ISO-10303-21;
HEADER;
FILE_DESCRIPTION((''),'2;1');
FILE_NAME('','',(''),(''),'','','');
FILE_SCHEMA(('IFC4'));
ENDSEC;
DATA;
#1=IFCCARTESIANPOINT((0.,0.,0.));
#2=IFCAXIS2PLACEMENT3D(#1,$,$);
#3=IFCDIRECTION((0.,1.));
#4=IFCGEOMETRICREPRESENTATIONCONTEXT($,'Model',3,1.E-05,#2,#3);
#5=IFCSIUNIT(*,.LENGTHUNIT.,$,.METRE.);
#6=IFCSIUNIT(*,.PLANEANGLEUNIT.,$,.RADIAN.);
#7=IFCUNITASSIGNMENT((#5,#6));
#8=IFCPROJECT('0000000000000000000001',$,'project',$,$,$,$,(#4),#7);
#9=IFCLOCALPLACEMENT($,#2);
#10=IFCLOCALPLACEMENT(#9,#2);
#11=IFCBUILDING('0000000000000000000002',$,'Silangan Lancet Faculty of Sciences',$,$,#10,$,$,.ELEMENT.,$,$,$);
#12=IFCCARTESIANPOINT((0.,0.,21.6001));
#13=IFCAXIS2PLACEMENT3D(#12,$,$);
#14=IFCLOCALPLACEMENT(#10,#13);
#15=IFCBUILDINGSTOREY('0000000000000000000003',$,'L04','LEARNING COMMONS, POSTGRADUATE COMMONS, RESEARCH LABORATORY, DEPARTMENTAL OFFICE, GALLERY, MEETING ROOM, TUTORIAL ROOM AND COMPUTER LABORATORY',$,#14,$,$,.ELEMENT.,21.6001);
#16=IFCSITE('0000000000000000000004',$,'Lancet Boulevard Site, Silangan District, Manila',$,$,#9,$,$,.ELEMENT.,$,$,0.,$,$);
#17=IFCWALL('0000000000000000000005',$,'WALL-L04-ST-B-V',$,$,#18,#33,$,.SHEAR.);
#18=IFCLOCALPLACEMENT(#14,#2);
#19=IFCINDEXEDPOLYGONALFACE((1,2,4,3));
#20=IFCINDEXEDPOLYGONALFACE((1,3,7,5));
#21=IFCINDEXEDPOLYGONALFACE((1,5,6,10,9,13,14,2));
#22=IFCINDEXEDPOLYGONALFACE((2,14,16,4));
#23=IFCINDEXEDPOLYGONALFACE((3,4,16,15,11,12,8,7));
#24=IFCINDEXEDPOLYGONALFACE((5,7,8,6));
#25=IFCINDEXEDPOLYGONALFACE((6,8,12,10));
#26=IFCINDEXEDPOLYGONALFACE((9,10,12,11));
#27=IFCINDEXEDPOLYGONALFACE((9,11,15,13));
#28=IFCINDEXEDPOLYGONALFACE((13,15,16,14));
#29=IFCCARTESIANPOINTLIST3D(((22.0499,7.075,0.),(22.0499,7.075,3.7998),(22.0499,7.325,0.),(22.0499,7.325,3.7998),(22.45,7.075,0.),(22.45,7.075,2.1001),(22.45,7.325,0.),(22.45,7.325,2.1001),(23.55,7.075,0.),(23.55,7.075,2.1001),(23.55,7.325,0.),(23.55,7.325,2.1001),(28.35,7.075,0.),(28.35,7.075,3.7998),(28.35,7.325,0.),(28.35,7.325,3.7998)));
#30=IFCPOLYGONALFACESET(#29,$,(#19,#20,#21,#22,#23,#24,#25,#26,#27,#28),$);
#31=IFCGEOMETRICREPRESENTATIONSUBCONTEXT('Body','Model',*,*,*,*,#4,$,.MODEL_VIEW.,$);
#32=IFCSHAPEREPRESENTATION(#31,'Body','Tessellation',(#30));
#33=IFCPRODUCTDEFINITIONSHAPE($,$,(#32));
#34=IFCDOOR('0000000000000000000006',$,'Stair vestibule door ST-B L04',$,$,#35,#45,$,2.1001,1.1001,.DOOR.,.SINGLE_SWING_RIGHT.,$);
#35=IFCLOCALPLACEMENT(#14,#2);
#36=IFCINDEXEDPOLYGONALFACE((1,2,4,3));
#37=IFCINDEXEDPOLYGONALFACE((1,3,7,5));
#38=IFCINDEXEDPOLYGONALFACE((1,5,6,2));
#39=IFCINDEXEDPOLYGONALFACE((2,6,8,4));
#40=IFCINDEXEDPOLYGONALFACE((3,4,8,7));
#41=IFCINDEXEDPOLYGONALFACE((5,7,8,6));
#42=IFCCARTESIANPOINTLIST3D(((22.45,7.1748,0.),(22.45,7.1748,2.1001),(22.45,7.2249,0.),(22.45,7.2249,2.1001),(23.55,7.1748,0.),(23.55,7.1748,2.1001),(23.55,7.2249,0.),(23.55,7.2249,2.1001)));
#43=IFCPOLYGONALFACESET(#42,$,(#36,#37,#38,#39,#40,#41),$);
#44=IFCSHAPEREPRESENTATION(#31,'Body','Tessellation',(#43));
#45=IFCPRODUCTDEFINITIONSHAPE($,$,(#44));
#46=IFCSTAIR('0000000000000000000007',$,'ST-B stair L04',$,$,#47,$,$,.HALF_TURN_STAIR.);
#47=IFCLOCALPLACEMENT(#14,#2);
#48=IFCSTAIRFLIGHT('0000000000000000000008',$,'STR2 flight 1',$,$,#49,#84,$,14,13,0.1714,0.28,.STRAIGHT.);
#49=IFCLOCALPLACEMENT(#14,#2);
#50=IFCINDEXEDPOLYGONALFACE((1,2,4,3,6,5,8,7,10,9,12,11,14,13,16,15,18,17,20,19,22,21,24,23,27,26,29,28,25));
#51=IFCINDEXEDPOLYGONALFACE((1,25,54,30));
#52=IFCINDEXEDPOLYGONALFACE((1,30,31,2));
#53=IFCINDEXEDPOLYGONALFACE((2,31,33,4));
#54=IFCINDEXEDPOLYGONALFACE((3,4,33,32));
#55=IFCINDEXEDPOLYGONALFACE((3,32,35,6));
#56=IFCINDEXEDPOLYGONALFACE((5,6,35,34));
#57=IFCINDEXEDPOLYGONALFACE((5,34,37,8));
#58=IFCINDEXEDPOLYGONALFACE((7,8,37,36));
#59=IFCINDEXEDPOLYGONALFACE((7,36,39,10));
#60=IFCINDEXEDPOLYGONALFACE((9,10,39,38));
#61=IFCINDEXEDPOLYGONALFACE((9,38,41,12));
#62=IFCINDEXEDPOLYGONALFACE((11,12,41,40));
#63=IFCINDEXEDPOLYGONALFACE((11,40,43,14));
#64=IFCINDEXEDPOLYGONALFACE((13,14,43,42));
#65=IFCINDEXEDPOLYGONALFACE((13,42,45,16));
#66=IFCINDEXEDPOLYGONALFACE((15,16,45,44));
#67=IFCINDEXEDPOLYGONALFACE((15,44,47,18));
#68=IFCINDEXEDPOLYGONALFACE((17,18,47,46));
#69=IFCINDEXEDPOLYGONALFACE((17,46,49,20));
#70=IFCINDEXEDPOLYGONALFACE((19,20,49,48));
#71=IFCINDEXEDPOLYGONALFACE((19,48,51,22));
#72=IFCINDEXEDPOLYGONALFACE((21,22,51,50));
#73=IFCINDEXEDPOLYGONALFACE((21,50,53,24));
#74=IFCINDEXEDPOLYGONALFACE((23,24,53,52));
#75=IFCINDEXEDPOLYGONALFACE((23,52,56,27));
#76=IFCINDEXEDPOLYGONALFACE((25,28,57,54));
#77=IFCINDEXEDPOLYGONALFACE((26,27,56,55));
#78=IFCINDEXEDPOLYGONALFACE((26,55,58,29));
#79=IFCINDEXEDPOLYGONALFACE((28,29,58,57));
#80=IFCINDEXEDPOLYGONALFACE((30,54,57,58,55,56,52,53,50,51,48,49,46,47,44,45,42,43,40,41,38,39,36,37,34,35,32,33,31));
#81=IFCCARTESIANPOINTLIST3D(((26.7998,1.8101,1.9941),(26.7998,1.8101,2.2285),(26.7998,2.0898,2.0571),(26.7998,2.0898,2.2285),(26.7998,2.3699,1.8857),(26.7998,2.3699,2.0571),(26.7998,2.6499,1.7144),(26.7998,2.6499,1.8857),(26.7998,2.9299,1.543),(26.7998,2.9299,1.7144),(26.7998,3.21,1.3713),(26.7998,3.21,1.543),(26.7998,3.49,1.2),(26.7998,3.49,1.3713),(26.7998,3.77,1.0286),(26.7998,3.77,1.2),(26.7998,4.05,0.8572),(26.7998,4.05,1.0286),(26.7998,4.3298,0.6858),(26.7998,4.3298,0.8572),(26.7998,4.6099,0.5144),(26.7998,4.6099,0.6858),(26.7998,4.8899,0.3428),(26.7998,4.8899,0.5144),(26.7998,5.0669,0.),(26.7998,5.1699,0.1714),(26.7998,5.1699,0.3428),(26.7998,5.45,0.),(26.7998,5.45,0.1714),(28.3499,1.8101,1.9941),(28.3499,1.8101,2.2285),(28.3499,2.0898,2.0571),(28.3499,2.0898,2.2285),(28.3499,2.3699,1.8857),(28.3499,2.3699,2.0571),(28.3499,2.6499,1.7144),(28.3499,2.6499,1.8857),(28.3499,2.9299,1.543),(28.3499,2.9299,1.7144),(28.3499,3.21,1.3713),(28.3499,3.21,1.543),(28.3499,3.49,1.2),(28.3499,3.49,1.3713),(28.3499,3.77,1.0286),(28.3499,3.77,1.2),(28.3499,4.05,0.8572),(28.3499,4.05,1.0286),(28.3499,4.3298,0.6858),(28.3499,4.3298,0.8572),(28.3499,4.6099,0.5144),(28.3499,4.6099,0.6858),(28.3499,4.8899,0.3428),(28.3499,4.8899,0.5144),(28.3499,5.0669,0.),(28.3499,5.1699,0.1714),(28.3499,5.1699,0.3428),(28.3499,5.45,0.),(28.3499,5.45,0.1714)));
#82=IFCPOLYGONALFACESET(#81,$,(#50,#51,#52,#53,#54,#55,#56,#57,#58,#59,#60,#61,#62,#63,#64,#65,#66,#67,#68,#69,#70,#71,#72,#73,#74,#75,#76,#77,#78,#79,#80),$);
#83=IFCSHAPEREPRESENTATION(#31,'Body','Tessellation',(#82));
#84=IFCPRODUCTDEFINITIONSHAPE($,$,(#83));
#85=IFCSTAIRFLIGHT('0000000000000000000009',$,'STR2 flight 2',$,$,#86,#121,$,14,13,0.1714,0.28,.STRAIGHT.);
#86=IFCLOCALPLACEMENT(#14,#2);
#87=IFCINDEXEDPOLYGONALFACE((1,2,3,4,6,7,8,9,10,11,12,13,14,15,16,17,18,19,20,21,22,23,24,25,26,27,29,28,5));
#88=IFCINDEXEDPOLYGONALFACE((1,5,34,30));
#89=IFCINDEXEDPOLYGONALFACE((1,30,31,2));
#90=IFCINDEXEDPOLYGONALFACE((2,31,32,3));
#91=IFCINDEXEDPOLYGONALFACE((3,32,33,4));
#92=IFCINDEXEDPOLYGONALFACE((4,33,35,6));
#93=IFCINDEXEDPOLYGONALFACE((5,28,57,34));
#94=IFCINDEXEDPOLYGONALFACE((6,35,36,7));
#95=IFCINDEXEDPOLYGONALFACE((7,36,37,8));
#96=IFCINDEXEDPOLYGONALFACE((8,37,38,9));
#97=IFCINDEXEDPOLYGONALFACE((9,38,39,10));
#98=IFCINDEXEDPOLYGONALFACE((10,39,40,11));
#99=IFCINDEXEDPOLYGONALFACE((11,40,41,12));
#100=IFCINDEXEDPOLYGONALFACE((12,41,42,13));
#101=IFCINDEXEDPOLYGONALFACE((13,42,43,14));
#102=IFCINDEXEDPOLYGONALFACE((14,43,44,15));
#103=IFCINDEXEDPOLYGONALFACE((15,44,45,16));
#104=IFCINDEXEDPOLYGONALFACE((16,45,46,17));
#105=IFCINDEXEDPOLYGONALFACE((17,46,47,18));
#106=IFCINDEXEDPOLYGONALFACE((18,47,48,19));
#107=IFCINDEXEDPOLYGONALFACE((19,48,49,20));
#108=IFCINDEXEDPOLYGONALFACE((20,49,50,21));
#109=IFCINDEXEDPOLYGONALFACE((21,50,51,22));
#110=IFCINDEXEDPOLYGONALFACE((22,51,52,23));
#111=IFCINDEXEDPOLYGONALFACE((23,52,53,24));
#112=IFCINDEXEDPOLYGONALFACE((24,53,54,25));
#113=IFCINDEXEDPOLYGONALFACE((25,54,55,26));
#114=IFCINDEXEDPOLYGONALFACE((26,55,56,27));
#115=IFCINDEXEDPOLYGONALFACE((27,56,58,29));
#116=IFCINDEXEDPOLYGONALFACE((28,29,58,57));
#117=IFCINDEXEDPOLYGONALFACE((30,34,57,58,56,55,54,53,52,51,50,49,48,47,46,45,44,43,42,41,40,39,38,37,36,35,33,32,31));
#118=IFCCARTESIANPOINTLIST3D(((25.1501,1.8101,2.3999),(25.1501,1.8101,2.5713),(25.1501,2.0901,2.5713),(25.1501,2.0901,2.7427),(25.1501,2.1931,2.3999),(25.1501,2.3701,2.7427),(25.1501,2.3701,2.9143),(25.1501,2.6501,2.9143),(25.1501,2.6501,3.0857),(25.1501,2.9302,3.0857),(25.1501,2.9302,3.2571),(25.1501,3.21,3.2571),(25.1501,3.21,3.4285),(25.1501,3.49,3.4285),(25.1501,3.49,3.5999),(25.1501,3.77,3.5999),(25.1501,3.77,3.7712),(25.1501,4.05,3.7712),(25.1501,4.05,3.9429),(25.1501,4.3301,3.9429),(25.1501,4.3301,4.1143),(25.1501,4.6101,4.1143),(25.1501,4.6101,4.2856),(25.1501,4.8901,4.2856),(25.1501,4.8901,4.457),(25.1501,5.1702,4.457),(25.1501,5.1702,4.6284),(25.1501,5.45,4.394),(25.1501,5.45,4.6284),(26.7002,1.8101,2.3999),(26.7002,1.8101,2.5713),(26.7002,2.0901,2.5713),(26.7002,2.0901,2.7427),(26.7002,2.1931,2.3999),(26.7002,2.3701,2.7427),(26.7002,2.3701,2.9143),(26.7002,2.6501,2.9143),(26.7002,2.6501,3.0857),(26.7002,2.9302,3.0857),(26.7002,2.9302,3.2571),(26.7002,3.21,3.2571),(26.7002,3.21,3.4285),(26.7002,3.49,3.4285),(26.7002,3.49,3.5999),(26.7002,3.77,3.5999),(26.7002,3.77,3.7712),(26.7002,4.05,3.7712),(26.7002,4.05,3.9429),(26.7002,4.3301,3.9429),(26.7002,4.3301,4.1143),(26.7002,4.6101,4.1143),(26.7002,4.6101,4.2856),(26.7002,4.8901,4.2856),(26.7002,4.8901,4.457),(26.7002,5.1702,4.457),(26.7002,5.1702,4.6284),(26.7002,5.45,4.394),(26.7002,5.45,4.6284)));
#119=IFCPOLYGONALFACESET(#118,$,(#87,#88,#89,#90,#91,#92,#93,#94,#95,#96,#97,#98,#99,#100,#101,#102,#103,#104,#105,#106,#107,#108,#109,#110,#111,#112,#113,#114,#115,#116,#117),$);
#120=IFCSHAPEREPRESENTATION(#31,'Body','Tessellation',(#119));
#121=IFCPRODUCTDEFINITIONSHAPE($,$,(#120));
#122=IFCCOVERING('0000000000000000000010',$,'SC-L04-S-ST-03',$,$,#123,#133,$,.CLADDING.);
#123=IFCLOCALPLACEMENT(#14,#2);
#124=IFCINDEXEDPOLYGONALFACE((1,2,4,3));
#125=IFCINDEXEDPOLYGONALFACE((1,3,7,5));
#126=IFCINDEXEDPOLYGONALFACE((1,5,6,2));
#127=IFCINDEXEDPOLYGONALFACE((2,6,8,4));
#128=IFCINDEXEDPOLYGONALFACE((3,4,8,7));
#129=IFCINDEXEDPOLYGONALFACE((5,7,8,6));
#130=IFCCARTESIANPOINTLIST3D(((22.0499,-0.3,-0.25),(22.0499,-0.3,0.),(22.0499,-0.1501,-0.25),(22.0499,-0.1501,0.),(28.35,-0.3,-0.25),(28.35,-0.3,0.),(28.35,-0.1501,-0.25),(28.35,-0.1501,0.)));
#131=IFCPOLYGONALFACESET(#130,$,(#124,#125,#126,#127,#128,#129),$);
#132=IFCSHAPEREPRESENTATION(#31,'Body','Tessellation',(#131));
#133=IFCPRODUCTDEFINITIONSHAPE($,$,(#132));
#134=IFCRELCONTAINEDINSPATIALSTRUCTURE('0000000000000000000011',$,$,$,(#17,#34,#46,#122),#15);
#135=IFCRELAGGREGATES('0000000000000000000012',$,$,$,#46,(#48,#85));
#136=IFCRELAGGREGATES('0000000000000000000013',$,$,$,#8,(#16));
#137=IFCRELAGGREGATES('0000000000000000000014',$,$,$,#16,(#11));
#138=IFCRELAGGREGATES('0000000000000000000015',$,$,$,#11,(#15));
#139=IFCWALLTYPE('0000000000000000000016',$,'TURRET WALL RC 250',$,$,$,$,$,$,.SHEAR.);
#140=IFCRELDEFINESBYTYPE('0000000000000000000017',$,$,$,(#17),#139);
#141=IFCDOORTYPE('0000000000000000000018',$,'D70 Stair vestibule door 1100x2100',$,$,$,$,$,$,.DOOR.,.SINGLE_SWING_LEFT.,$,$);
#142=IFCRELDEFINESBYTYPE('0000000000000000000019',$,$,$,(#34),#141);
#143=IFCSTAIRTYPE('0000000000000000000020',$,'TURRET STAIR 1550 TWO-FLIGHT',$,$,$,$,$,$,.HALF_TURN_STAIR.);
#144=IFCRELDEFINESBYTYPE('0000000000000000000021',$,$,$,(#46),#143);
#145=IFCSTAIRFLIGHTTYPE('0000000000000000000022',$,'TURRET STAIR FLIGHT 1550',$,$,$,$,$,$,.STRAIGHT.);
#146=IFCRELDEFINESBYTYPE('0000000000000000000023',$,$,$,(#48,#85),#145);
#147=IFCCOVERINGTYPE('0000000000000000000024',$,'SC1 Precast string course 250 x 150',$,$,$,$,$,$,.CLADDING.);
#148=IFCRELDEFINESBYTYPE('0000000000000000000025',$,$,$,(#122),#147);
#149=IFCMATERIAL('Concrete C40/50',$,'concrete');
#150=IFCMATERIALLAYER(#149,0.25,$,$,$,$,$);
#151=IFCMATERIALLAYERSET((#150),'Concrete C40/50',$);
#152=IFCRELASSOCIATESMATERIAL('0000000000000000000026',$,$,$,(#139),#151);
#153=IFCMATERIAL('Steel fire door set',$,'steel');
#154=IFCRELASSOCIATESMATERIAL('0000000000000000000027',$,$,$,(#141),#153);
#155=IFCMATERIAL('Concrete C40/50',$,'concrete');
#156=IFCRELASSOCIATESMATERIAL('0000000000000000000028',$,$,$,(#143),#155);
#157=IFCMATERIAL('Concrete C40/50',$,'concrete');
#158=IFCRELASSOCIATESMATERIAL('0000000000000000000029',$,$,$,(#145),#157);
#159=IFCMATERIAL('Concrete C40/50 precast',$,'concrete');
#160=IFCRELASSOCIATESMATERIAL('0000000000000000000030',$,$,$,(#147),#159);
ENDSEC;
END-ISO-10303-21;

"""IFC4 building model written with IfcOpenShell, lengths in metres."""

from ifc_helpers import new_model, si_unit, direction, frame, frame_2d, origin, origin_2d, place, context, subcontext, project, spatial, polyline, rectangle, outline, extrude, material, layer, layer_set, type_object, element, fill, aggregate, save


model = new_model("IFC4")

# Units and contexts
model_context = context("Model", 3, precision=1e-05, world=origin(), true_north=direction((0.0, 1.0)))
body_context = subcontext(model_context, "Body", "Model", "MODEL_VIEW")
ifc_project = project(units=[si_unit("LENGTHUNIT", "METRE"), si_unit("PLANEANGLEUNIT", "RADIAN")], contexts=[model_context])

# Site, building, storey
site_placement = place(None, origin())
site = spatial("IfcSite", under=ifc_project, at=site_placement, Name="Lancet Boulevard Site, Silangan District, Manila", CompositionType="ELEMENT", RefElevation=0.0)
building_placement = place(site_placement, origin())
building = spatial("IfcBuilding", under=site, at=building_placement, Name="Silangan Lancet Faculty of Sciences", CompositionType="ELEMENT")
storey_placement = place(building_placement, frame((0.0, 0.0, 21.6001)))
storey = spatial("IfcBuildingStorey", under=building, at=storey_placement, Name="L04", Description="LEARNING COMMONS, POSTGRADUATE COMMONS, RESEARCH LABORATORY, DEPARTMENTAL OFFICE, GALLERY, MEETING ROOM, TUTORIAL ROOM AND COMPUTER LABORATORY", CompositionType="ELEMENT", Elevation=21.6001)

# Wall, opening, door
ifc_material_1 = material(Name="Concrete C40/50", Category="concrete")
ifc_layer_1 = layer(ifc_material_1, 0.25)
ifc_layer_set_1 = layer_set([ifc_layer_1], Name="Concrete C40/50")
wall_type_1 = type_object("IfcWallType", Name="TURRET WALL RC 250", PredefinedType="SHEAR", material=ifc_layer_set_1)
wall_1_placement = place(storey_placement, frame((22.05, 7.2, 0.0), z_axis=(0.0, 0.0, 1.0), x_axis=(1.0, 0.0, 0.0)))
wall_1 = element("IfcWall", 1, at=wall_1_placement, inside=storey, type_object=wall_type_1, Name="WALL-L04-ST-B-V", PredefinedType="SHEAR", context=body_context, shape_type="SweptSolid", body=[
    extrude(rectangle(XDim=6.3, YDim=0.25, at=frame_2d((3.1499, 0.0))), origin(), (0.0, 0.0, 1.0), 3.7998),
])
opening_1_placement = place(wall_1_placement, frame((0.3999, 0.0, 0.0)))
opening_1 = element("IfcOpeningElement", 2, at=opening_1_placement, cuts=wall_1, PredefinedType="OPENING", context=body_context, shape_type="SweptSolid", body=[
    extrude(rectangle(XDim=1.1001, YDim=2.1001, at=frame_2d((0.55, 1.05))), frame((0.0, 0.135, 0.0), z_axis=(0.0, -1.0, 0.0), x_axis=(1.0, 0.0, 0.0)), (0.0, 0.0, 1.0), 0.27),
])
ifc_material_2 = material(Name="Steel fire door set", Category="steel")
door_type_1 = type_object("IfcDoorType", Name="D70 Stair vestibule door 1100x2100", OperationType="SINGLE_SWING_LEFT", PredefinedType="DOOR", material=ifc_material_2)
door_1_placement = place(opening_1_placement, frame((1.1001, 0.0, 0.0), z_axis=(0.0, 0.0, 1.0), x_axis=(-1.0, 0.0, 0.0)))
door_1 = element("IfcDoor", 3, at=door_1_placement, inside=storey, type_object=door_type_1, Name="Stair vestibule door ST-B L04", OperationType="SINGLE_SWING_RIGHT", OverallHeight=2.1001, OverallWidth=1.1001, PredefinedType="DOOR", context=body_context, shape_type="SweptSolid", body=[
    extrude(rectangle(XDim=1.1001, YDim=2.1001, at=frame_2d((0.55, 1.05))), frame((0.0, 0.0251, 0.0), z_axis=(0.0, -1.0, 0.0), x_axis=(1.0, 0.0, 0.0)), (0.0, 0.0, 1.0), 0.05),
])
fill(opening_1, door_1)

# Stair, stair flights
ifc_material_3 = material(Name="Concrete C40/50", Category="concrete")
stair_type = type_object("IfcStairType", Name="TURRET STAIR 1550 TWO-FLIGHT", PredefinedType="HALF_TURN_STAIR", material=ifc_material_3)
stair_placement = place(storey_placement, origin())
stair = element("IfcStair", 4, at=stair_placement, inside=storey, type_object=stair_type, Name="ST-B stair L04", PredefinedType="HALF_TURN_STAIR")
ifc_material_4 = material(Name="Concrete C40/50", Category="concrete")
stair_flight_type = type_object("IfcStairFlightType", Name="TURRET STAIR FLIGHT 1550", PredefinedType="STRAIGHT", material=ifc_material_4)
stair_flight_1_placement = place(storey_placement, frame((27.575, 5.45, 0.0), z_axis=(0.0, 0.0, 1.0), x_axis=(0.0, -1.0, 0.0)))
stair_flight_1 = element("IfcStairFlight", 5, at=stair_flight_1_placement, type_object=stair_flight_type, Name="STR2 flight 1", NumberOfRisers=14, NumberOfTreads=13, PredefinedType="STRAIGHT", RiserHeight=0.1714, TreadLength=0.28, context=body_context, shape_type="SweptSolid", body=[
    extrude(outline(polyline([(0.0, 0.0), (0.0, 0.1714), (0.28, 0.1714), (0.28, 0.3428), (0.5601, 0.3428), (0.5601, 0.5144), (0.8401, 0.5144), (0.8401, 0.6858), (1.1201, 0.6858), (1.1201, 0.8572), (1.3999, 0.8572), (1.3999, 1.0286), (1.6799, 1.0286), (1.6799, 1.2), (1.96, 1.2), (1.96, 1.3713), (2.24, 1.3713), (2.24, 1.543), (2.52, 1.543), (2.52, 1.7144), (2.8, 1.7144), (2.8, 1.8857), (3.0801, 1.8857), (3.0801, 2.0571), (3.3601, 2.0571), (3.3601, 2.2285), (3.6399, 2.2285), (3.6399, 2.3999), (3.6399, 1.9941), (0.3831, 0.0), (0.0, 0.0)])), frame((0.0, 0.7749, 0.0), z_axis=(0.0, -1.0, 0.0), x_axis=(1.0, 0.0, 0.0)), (0.0, 0.0, 1.0), 1.55),
])
stair_flight_2_placement = place(storey_placement, frame((25.925, 1.8101, 2.3999), z_axis=(0.0, 0.0, 1.0), x_axis=(0.0, 1.0, 0.0)))
stair_flight_2 = element("IfcStairFlight", 6, at=stair_flight_2_placement, type_object=stair_flight_type, Name="STR2 flight 2", NumberOfRisers=14, NumberOfTreads=13, PredefinedType="STRAIGHT", RiserHeight=0.1714, TreadLength=0.28, context=body_context, shape_type="SweptSolid", body=[
    extrude(outline(polyline([(0.0, 0.0), (0.0, 0.1714), (0.28, 0.1714), (0.28, 0.3428), (0.5601, 0.3428), (0.5601, 0.5144), (0.8401, 0.5144), (0.8401, 0.6858), (1.1201, 0.6858), (1.1201, 0.8572), (1.3999, 0.8572), (1.3999, 1.0286), (1.6799, 1.0286), (1.6799, 1.2), (1.96, 1.2), (1.96, 1.3713), (2.24, 1.3713), (2.24, 1.543), (2.52, 1.543), (2.52, 1.7144), (2.8, 1.7144), (2.8, 1.8857), (3.0801, 1.8857), (3.0801, 2.0571), (3.3601, 2.0571), (3.3601, 2.2285), (3.6399, 2.2285), (3.6399, 2.3999), (3.6399, 1.9941), (0.3831, 0.0), (0.0, 0.0)])), frame((0.0, 0.7749, 0.0), z_axis=(0.0, -1.0, 0.0), x_axis=(1.0, 0.0, 0.0)), (0.0, 0.0, 1.0), 1.55),
])
aggregate(stair, [stair_flight_1, stair_flight_2])

# Covering
ifc_material_5 = material(Name="Concrete C40/50 precast", Category="concrete")
covering_type = type_object("IfcCoveringType", Name="SC1 Precast string course 250 x 150", PredefinedType="CLADDING", material=ifc_material_5)
covering_placement = place(storey_placement, frame((25.2, -0.2251, -0.25), z_axis=(0.0, 0.0, 1.0), x_axis=(1.0, 0.0, 0.0)))
element("IfcCovering", 7, at=covering_placement, inside=storey, type_object=covering_type, Name="SC-L04-S-ST-03", PredefinedType="CLADDING", context=body_context, shape_type="SweptSolid", body=[
    extrude(rectangle(XDim=6.3, YDim=0.1499, at=origin_2d()), origin(), (0.0, 0.0, 1.0), 0.25),
])

save(model, "model.ifc")
